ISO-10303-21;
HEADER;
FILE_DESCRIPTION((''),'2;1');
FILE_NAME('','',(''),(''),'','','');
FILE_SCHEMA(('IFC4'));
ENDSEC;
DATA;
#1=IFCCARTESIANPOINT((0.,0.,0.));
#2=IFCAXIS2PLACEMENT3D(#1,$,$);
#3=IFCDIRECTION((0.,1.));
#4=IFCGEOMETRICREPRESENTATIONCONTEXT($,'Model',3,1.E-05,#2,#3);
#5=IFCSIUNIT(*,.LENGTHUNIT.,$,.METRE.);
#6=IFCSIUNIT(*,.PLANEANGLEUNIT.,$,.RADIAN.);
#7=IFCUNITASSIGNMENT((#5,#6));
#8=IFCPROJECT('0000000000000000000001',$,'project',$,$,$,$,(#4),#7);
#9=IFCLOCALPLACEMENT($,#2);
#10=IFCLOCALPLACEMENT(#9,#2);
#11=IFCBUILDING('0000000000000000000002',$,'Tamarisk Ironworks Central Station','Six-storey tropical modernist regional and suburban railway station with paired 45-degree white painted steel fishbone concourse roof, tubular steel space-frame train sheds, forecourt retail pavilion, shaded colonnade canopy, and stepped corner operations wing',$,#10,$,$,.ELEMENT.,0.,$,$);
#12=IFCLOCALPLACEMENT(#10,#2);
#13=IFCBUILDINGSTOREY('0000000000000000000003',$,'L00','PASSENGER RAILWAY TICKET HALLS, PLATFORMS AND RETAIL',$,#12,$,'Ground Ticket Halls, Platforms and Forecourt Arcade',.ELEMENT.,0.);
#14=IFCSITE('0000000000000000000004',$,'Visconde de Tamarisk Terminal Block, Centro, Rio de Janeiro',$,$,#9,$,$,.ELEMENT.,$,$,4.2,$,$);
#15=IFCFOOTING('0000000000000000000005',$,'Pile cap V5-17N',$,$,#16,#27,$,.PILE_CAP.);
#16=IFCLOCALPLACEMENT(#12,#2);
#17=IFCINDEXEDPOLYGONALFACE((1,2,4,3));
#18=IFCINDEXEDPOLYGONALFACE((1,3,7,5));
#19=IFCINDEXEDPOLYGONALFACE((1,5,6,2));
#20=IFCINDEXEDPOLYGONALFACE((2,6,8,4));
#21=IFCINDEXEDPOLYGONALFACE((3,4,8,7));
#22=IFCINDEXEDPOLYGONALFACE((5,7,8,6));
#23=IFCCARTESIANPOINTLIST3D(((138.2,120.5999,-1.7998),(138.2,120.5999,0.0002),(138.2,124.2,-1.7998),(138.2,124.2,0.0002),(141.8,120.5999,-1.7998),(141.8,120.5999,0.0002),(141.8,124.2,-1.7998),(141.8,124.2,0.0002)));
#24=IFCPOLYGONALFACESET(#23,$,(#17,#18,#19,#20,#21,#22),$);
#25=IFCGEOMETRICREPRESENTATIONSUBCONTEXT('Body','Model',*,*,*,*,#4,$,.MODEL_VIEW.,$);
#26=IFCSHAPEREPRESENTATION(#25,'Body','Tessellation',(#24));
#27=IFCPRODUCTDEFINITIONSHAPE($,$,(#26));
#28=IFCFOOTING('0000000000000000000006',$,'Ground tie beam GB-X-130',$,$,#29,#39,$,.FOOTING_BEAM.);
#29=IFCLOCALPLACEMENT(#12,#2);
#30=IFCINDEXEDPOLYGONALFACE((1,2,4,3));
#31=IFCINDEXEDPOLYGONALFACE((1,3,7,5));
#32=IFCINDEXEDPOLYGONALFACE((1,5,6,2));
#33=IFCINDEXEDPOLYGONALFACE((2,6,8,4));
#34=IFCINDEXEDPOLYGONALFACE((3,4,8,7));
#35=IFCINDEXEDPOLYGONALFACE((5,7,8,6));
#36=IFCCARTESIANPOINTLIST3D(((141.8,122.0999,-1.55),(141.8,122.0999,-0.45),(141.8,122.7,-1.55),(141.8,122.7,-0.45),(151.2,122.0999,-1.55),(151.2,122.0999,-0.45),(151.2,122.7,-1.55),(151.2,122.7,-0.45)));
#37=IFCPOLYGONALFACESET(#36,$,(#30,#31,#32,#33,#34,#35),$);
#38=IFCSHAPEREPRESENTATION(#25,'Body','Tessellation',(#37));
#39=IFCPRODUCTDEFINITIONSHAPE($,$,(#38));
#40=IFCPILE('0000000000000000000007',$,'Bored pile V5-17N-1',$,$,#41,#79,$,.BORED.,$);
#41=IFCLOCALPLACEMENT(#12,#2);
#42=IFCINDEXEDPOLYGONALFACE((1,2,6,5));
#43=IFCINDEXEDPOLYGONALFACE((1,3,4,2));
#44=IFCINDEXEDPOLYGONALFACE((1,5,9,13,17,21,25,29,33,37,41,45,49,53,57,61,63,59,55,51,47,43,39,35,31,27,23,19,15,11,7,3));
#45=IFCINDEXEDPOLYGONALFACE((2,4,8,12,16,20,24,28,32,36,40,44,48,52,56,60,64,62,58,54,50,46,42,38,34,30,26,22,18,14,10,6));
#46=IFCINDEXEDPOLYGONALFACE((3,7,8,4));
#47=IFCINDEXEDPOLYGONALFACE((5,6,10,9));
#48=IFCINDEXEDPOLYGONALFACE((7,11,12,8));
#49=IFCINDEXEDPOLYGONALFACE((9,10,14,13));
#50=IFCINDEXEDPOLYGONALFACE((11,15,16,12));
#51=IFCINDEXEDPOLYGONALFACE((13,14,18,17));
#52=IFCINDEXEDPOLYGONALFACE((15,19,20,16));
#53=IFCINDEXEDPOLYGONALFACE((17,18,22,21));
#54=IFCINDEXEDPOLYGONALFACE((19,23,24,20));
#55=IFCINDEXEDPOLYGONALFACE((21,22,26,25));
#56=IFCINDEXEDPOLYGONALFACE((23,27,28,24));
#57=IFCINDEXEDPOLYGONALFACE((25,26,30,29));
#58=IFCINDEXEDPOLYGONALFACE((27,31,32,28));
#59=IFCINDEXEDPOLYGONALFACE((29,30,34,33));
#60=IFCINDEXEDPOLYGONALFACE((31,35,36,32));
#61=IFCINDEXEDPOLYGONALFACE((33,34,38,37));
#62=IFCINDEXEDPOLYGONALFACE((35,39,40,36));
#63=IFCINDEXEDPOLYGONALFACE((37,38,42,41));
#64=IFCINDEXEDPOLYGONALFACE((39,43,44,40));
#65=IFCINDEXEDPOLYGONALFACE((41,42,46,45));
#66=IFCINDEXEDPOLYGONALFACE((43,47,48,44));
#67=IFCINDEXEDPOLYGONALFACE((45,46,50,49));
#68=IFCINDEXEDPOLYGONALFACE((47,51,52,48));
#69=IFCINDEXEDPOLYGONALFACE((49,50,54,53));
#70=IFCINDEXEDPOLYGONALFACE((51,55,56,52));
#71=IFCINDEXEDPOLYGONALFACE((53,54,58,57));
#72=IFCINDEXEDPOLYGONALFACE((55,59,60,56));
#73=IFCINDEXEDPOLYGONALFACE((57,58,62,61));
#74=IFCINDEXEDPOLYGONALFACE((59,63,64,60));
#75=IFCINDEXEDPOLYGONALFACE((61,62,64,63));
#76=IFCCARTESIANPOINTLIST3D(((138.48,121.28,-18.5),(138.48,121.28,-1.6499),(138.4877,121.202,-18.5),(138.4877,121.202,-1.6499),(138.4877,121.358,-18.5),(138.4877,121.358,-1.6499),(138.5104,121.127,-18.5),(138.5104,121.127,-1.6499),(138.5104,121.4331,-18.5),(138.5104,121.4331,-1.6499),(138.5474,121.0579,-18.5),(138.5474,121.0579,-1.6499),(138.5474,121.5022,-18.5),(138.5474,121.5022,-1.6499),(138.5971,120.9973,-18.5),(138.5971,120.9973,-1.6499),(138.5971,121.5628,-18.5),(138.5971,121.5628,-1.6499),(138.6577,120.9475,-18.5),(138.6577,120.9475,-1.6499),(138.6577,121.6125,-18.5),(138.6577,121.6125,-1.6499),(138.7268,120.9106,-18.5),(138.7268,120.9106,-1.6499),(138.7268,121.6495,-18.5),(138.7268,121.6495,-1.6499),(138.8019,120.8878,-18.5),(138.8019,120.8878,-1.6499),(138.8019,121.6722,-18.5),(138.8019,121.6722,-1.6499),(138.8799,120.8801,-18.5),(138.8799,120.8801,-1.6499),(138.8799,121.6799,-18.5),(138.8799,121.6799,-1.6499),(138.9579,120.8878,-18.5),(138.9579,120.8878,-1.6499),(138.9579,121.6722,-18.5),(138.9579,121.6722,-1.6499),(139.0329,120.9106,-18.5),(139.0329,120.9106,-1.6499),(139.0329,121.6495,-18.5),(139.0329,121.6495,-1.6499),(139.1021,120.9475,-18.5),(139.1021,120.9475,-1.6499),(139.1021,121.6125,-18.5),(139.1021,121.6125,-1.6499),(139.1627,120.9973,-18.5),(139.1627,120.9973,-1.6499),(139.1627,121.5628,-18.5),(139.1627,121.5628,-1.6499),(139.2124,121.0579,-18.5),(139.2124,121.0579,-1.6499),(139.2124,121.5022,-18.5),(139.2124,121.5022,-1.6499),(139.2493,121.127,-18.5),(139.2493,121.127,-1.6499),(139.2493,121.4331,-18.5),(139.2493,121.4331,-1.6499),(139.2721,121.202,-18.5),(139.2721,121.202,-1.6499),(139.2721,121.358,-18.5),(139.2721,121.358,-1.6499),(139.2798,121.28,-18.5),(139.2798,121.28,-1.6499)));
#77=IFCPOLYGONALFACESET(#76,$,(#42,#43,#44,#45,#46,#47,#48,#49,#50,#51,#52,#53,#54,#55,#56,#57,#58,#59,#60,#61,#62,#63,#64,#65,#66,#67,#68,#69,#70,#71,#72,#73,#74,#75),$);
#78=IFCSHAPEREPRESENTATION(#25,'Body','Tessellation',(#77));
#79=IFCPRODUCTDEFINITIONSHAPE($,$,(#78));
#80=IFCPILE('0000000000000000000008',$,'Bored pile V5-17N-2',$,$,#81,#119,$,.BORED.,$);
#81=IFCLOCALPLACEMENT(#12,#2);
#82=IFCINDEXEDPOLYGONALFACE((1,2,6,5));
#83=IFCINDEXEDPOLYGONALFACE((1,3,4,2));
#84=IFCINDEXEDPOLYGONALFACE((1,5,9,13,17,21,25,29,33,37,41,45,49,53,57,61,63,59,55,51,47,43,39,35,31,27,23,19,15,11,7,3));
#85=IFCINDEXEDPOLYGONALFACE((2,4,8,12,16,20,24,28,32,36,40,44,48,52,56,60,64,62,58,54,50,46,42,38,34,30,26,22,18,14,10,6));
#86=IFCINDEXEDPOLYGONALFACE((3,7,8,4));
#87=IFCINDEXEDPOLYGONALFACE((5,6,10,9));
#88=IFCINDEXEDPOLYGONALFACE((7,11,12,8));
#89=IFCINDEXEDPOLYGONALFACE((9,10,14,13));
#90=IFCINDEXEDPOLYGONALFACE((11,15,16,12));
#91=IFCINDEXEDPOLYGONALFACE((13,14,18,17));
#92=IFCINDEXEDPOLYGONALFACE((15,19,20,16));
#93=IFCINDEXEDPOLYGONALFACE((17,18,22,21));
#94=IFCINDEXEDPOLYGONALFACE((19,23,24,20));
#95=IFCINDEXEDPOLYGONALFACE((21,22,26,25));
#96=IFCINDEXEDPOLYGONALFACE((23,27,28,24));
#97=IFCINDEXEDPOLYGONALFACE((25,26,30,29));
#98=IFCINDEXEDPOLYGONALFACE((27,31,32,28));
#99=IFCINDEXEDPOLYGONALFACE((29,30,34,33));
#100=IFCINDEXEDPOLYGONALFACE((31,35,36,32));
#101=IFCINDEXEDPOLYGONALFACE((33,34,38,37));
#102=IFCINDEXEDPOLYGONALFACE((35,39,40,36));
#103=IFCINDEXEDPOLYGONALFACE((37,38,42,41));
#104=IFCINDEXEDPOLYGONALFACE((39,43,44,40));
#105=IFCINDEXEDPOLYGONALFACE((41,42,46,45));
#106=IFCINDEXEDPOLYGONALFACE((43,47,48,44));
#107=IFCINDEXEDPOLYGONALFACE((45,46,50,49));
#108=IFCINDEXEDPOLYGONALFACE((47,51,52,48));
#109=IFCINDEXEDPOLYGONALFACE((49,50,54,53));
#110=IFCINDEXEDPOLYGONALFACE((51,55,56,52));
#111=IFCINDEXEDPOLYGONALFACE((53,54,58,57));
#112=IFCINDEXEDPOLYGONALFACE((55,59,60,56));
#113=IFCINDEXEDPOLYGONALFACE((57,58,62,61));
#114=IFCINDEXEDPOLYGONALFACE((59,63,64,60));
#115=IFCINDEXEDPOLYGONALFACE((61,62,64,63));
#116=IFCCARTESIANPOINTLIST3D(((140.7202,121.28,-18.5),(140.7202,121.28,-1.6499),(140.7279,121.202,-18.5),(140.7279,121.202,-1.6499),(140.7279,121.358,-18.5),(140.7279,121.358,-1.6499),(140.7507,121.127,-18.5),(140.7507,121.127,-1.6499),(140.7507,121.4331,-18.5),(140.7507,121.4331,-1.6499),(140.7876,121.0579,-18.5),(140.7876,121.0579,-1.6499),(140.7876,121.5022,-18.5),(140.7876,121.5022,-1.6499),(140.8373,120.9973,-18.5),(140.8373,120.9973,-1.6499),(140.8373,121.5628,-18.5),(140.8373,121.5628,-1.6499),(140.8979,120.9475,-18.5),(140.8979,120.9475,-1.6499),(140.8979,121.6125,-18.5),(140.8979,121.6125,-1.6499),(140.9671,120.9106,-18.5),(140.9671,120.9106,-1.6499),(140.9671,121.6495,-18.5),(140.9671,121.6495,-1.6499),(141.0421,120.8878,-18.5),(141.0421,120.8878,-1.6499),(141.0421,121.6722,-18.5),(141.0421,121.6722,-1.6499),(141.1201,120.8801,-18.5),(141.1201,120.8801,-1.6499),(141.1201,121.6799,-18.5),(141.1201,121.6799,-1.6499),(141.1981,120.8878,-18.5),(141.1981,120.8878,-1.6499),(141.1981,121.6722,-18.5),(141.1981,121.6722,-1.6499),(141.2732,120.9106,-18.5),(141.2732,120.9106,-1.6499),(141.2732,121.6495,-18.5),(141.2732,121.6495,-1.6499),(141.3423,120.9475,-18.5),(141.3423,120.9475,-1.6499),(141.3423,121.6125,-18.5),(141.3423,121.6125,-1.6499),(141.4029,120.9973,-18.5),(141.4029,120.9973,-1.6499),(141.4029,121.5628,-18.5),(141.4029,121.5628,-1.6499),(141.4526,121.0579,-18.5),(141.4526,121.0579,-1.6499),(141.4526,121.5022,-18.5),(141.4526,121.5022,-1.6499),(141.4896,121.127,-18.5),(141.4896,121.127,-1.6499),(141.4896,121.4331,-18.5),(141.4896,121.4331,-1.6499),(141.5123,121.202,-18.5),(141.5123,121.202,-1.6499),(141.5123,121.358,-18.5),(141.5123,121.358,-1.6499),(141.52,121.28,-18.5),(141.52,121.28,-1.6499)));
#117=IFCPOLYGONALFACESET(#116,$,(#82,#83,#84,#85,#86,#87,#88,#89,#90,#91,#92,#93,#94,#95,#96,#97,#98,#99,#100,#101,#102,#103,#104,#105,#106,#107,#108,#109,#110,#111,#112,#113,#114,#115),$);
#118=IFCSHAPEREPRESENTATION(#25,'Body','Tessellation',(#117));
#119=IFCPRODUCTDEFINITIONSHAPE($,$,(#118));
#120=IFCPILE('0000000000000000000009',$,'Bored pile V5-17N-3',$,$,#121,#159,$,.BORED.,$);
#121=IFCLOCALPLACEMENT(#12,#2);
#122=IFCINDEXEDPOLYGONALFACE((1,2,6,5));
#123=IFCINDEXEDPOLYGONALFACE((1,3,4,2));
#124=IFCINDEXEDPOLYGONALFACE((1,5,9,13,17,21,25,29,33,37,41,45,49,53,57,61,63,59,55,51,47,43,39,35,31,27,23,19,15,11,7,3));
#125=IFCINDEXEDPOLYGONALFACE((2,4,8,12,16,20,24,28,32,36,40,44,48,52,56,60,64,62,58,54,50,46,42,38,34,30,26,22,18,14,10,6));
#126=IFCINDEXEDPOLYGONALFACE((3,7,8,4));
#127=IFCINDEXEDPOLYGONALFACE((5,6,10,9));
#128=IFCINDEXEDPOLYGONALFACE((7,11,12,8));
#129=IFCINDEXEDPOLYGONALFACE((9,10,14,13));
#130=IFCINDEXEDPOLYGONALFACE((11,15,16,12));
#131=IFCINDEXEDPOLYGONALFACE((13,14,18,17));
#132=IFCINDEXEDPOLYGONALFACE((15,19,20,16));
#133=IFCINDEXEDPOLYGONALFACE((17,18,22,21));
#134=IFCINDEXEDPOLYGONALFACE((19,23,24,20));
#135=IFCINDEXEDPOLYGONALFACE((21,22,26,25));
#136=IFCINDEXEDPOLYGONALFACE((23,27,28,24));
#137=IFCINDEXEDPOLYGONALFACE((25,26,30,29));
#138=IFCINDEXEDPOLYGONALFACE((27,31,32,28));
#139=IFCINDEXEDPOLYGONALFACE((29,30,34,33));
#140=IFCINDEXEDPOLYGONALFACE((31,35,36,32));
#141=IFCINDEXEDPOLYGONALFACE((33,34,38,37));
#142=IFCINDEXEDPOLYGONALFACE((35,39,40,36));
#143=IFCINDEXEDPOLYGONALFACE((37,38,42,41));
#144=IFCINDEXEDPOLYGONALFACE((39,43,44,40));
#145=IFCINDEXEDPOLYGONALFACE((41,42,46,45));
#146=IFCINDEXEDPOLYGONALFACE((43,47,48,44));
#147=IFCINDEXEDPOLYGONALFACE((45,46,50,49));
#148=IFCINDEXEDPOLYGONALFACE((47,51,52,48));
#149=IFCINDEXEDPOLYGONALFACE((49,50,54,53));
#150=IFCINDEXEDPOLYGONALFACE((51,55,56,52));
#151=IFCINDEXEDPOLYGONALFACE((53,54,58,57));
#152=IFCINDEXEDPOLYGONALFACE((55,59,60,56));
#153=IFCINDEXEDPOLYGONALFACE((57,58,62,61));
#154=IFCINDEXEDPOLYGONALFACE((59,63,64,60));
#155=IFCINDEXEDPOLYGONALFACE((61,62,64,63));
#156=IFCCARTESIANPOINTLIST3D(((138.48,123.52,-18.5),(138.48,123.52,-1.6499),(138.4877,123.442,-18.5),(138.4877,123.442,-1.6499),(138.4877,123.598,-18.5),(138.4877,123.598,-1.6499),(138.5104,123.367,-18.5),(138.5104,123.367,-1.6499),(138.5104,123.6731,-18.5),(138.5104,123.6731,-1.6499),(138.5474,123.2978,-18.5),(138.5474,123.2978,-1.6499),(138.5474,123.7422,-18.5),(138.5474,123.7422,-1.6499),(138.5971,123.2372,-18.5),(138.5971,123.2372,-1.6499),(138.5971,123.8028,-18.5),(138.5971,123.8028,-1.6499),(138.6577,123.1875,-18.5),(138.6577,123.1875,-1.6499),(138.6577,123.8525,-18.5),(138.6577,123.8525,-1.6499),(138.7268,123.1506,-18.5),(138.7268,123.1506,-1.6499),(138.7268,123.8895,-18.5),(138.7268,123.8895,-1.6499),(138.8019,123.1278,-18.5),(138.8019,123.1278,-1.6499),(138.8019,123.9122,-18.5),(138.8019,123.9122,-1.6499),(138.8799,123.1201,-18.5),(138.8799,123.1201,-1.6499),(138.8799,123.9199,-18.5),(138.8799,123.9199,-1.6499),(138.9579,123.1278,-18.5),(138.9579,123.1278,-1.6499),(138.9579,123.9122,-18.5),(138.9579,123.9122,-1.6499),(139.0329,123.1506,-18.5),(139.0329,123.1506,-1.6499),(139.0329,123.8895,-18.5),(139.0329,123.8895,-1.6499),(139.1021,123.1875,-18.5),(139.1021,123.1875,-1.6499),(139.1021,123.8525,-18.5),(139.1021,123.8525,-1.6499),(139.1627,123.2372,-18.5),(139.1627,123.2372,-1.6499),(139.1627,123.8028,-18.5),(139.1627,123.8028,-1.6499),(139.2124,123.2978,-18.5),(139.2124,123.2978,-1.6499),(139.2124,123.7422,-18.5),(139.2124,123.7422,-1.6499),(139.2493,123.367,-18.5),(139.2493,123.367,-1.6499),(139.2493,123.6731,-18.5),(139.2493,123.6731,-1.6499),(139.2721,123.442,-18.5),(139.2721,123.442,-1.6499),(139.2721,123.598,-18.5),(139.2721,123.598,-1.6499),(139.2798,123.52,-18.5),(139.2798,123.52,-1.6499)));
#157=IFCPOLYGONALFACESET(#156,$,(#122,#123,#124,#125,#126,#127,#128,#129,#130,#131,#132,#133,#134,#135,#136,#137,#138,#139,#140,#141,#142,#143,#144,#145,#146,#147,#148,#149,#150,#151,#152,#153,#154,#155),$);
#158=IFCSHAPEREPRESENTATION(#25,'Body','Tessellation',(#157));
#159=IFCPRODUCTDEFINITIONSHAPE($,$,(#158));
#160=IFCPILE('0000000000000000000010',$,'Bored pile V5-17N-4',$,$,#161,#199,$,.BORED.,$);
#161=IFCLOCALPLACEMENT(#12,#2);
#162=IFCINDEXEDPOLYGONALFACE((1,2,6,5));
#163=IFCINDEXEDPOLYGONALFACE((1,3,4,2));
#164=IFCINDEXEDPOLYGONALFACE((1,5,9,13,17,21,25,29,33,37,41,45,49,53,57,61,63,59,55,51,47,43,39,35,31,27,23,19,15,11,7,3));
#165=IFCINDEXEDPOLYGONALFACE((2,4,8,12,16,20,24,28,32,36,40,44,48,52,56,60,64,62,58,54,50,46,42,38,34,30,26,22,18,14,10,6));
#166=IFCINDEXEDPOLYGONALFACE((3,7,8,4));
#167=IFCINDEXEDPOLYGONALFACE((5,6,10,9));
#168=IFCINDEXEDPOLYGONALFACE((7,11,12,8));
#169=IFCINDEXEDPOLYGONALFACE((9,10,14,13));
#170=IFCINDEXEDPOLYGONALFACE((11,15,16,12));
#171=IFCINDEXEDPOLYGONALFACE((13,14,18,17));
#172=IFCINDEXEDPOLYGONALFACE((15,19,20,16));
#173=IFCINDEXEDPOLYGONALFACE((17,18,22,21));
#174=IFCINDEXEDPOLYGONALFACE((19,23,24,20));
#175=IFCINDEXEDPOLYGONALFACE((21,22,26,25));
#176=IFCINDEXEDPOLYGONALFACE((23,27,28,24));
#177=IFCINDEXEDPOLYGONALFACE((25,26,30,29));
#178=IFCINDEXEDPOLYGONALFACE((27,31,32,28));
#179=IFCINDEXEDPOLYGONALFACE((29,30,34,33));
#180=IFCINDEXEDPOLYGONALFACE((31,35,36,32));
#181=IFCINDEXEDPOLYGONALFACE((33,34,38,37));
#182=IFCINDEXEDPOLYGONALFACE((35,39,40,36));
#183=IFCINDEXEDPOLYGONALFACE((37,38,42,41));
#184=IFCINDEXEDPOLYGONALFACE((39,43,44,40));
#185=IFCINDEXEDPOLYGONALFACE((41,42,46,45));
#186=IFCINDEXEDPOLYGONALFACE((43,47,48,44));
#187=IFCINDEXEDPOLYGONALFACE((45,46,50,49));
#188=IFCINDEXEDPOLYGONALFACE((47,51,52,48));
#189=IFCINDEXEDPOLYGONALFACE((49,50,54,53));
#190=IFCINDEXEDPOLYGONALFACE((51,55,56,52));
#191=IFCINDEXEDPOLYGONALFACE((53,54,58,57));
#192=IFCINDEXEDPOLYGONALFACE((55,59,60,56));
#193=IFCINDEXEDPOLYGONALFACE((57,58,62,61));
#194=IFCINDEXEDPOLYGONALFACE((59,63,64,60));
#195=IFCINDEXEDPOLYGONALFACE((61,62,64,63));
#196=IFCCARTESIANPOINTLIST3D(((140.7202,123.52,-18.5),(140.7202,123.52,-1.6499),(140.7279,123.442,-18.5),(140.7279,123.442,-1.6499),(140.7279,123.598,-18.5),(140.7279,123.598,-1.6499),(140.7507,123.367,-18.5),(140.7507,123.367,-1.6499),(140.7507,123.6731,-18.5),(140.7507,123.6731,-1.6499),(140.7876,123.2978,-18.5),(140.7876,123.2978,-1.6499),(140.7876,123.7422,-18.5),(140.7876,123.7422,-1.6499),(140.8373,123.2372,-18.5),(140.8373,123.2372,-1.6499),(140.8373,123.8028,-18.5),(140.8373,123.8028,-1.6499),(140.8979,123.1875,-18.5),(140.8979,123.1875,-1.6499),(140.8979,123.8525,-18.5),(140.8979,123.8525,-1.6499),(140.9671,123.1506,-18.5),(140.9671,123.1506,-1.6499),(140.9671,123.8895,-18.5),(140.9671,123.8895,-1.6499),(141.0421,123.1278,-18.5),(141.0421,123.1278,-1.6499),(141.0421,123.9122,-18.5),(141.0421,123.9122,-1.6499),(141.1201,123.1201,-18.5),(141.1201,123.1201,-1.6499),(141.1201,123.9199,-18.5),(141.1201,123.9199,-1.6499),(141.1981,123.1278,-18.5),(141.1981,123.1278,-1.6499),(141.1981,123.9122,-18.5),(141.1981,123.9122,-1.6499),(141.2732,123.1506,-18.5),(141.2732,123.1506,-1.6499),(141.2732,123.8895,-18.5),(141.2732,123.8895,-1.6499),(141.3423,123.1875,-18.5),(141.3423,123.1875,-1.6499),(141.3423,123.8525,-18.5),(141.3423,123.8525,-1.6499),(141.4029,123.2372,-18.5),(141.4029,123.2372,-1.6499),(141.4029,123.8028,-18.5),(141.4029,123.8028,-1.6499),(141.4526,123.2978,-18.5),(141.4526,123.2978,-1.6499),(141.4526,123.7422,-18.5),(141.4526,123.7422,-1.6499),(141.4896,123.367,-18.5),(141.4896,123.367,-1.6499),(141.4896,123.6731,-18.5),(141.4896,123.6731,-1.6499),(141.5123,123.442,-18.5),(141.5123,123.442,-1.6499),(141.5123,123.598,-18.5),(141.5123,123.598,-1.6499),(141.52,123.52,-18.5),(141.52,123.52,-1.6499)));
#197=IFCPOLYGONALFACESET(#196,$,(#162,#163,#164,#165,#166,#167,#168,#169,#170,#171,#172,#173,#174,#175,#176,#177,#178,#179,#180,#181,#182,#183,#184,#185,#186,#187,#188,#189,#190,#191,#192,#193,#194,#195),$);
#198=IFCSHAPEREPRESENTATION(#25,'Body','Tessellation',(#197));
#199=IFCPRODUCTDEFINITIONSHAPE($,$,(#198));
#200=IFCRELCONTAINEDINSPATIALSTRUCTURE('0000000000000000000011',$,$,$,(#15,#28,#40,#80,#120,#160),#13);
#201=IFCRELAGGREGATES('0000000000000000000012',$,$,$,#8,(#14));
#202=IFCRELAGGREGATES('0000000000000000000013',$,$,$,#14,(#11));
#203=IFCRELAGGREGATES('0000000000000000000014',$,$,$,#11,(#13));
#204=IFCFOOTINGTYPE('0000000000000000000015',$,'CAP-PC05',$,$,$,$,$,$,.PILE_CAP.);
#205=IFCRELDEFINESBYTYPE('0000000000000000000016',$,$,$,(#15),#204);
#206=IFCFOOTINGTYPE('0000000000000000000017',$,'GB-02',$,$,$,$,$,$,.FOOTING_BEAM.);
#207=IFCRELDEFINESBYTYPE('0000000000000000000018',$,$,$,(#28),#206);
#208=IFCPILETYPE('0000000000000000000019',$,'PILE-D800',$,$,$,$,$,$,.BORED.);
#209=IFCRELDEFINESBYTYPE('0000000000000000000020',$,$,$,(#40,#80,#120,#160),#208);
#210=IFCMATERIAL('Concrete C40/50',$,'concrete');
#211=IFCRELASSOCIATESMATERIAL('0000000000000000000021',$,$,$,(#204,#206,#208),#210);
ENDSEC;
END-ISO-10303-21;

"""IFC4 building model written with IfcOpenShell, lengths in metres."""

from ifc_helpers import new_model, si_unit, direction, frame, origin, origin_2d, place, context, subcontext, project, spatial, rectangle, circle, extrude, material, material_profile, profile_set, type_object, element, save


model = new_model("IFC4")

# Units and contexts
model_context = context("Model", 3, precision=1e-05, world=origin(), true_north=direction((0.0, 1.0)))
body_context = subcontext(model_context, "Body", "Model", "MODEL_VIEW")
ifc_project = project(units=[si_unit("LENGTHUNIT", "METRE"), si_unit("PLANEANGLEUNIT", "RADIAN")], contexts=[model_context])

# Site, building, storey
site_placement = place(None, origin())
site = spatial("IfcSite", under=ifc_project, at=site_placement, Name="Visconde de Tamarisk Terminal Block, Centro, Rio de Janeiro", CompositionType="ELEMENT", RefElevation=4.2)
building_placement = place(site_placement, origin())
building = spatial("IfcBuilding", under=site, at=building_placement, Name="Tamarisk Ironworks Central Station", Description="Six-storey tropical modernist regional and suburban railway station with paired 45-degree white painted steel fishbone concourse roof, tubular steel space-frame train sheds, forecourt retail pavilion, shaded colonnade canopy, and stepped corner operations wing", CompositionType="ELEMENT", ElevationOfRefHeight=0.0)
storey_placement = place(building_placement, origin())
storey = spatial("IfcBuildingStorey", under=building, at=storey_placement, Name="L00", Description="PASSENGER RAILWAY TICKET HALLS, PLATFORMS AND RETAIL", LongName="Ground Ticket Halls, Platforms and Forecourt Arcade", CompositionType="ELEMENT", Elevation=0.0)

# Footings
ifc_material_1 = material(Name="Concrete C40/50", Category="concrete")
footing_type_1 = type_object("IfcFootingType", Name="CAP-PC05", PredefinedType="PILE_CAP", material=ifc_material_1)
footing_1_placement = place(storey_placement, frame((140.0, 122.3999, -1.7998), z_axis=(0.0, 0.0, 1.0), x_axis=(1.0, 0.0, 0.0)))
element("IfcFooting", 1, at=footing_1_placement, inside=storey, type_object=footing_type_1, Name="Pile cap V5-17N", PredefinedType="PILE_CAP", context=body_context, shape_type="SweptSolid", body=[
    extrude(rectangle(XDim=3.6001, YDim=3.6001, at=origin_2d()), origin(), (0.0, 0.0, 1.0), 1.8),
])
ifc_material_profile_1 = material_profile(ifc_material_1, rectangle(XDim=0.6001, YDim=1.1001, at=origin_2d()), Name="GB02 600x1100")
ifc_profile_set_1 = profile_set([ifc_material_profile_1], Name="Concrete C40/50")
footing_type_2 = type_object("IfcFootingType", Name="GB-02", PredefinedType="FOOTING_BEAM", material=ifc_profile_set_1)
footing_2_placement = place(storey_placement, frame((141.8, 122.3999, -1.0), z_axis=(1.0, 0.0, 0.0), x_axis=(0.0, 1.0, 0.0)))
element("IfcFooting", 2, at=footing_2_placement, inside=storey, type_object=footing_type_2, Name="Ground tie beam GB-X-130", PredefinedType="FOOTING_BEAM", context=body_context, shape_type="SweptSolid", body=[
    extrude(rectangle(XDim=0.6001, YDim=1.1001, at=origin_2d()), origin(), (0.0, 0.0, 1.0), 9.3999),
])

# Piles
ifc_material_profile_2 = material_profile(ifc_material_1, circle(Radius=0.3999, at=origin_2d()), Name="BORED PILE D800")
ifc_profile_set_2 = profile_set([ifc_material_profile_2], Name="Concrete C40/50")
pile_type = type_object("IfcPileType", Name="PILE-D800", PredefinedType="BORED", material=ifc_profile_set_2)
for number, where, z_axis, x_axis, name in (
    (3, (138.8799, 121.28, -1.6499), (0.0, 0.0, -1.0), (1.0, 0.0, 0.0), "Bored pile V5-17N-1"),
    (4, (141.1201, 121.28, -1.6499), (0.0, 0.0, -1.0), (1.0, 0.0, 0.0), "Bored pile V5-17N-2"),
    (5, (138.8799, 123.52, -1.6499), (0.0, 0.0, -1.0), (1.0, 0.0, 0.0), "Bored pile V5-17N-3"),
    (6, (141.1201, 123.52, -1.6499), (0.0, 0.0, -1.0), (1.0, 0.0, 0.0), "Bored pile V5-17N-4"),
):
    element("IfcPile", number, at=place(storey_placement, frame(where, z_axis=z_axis, x_axis=x_axis)), inside=storey, type_object=pile_type, Name=name, PredefinedType="BORED", context=body_context, shape_type="SweptSolid", body=[
        extrude(circle(Radius=0.3999, at=origin_2d()), origin(), (0.0, 0.0, 1.0), 16.8501),
    ])

save(model, "model.ifc")
